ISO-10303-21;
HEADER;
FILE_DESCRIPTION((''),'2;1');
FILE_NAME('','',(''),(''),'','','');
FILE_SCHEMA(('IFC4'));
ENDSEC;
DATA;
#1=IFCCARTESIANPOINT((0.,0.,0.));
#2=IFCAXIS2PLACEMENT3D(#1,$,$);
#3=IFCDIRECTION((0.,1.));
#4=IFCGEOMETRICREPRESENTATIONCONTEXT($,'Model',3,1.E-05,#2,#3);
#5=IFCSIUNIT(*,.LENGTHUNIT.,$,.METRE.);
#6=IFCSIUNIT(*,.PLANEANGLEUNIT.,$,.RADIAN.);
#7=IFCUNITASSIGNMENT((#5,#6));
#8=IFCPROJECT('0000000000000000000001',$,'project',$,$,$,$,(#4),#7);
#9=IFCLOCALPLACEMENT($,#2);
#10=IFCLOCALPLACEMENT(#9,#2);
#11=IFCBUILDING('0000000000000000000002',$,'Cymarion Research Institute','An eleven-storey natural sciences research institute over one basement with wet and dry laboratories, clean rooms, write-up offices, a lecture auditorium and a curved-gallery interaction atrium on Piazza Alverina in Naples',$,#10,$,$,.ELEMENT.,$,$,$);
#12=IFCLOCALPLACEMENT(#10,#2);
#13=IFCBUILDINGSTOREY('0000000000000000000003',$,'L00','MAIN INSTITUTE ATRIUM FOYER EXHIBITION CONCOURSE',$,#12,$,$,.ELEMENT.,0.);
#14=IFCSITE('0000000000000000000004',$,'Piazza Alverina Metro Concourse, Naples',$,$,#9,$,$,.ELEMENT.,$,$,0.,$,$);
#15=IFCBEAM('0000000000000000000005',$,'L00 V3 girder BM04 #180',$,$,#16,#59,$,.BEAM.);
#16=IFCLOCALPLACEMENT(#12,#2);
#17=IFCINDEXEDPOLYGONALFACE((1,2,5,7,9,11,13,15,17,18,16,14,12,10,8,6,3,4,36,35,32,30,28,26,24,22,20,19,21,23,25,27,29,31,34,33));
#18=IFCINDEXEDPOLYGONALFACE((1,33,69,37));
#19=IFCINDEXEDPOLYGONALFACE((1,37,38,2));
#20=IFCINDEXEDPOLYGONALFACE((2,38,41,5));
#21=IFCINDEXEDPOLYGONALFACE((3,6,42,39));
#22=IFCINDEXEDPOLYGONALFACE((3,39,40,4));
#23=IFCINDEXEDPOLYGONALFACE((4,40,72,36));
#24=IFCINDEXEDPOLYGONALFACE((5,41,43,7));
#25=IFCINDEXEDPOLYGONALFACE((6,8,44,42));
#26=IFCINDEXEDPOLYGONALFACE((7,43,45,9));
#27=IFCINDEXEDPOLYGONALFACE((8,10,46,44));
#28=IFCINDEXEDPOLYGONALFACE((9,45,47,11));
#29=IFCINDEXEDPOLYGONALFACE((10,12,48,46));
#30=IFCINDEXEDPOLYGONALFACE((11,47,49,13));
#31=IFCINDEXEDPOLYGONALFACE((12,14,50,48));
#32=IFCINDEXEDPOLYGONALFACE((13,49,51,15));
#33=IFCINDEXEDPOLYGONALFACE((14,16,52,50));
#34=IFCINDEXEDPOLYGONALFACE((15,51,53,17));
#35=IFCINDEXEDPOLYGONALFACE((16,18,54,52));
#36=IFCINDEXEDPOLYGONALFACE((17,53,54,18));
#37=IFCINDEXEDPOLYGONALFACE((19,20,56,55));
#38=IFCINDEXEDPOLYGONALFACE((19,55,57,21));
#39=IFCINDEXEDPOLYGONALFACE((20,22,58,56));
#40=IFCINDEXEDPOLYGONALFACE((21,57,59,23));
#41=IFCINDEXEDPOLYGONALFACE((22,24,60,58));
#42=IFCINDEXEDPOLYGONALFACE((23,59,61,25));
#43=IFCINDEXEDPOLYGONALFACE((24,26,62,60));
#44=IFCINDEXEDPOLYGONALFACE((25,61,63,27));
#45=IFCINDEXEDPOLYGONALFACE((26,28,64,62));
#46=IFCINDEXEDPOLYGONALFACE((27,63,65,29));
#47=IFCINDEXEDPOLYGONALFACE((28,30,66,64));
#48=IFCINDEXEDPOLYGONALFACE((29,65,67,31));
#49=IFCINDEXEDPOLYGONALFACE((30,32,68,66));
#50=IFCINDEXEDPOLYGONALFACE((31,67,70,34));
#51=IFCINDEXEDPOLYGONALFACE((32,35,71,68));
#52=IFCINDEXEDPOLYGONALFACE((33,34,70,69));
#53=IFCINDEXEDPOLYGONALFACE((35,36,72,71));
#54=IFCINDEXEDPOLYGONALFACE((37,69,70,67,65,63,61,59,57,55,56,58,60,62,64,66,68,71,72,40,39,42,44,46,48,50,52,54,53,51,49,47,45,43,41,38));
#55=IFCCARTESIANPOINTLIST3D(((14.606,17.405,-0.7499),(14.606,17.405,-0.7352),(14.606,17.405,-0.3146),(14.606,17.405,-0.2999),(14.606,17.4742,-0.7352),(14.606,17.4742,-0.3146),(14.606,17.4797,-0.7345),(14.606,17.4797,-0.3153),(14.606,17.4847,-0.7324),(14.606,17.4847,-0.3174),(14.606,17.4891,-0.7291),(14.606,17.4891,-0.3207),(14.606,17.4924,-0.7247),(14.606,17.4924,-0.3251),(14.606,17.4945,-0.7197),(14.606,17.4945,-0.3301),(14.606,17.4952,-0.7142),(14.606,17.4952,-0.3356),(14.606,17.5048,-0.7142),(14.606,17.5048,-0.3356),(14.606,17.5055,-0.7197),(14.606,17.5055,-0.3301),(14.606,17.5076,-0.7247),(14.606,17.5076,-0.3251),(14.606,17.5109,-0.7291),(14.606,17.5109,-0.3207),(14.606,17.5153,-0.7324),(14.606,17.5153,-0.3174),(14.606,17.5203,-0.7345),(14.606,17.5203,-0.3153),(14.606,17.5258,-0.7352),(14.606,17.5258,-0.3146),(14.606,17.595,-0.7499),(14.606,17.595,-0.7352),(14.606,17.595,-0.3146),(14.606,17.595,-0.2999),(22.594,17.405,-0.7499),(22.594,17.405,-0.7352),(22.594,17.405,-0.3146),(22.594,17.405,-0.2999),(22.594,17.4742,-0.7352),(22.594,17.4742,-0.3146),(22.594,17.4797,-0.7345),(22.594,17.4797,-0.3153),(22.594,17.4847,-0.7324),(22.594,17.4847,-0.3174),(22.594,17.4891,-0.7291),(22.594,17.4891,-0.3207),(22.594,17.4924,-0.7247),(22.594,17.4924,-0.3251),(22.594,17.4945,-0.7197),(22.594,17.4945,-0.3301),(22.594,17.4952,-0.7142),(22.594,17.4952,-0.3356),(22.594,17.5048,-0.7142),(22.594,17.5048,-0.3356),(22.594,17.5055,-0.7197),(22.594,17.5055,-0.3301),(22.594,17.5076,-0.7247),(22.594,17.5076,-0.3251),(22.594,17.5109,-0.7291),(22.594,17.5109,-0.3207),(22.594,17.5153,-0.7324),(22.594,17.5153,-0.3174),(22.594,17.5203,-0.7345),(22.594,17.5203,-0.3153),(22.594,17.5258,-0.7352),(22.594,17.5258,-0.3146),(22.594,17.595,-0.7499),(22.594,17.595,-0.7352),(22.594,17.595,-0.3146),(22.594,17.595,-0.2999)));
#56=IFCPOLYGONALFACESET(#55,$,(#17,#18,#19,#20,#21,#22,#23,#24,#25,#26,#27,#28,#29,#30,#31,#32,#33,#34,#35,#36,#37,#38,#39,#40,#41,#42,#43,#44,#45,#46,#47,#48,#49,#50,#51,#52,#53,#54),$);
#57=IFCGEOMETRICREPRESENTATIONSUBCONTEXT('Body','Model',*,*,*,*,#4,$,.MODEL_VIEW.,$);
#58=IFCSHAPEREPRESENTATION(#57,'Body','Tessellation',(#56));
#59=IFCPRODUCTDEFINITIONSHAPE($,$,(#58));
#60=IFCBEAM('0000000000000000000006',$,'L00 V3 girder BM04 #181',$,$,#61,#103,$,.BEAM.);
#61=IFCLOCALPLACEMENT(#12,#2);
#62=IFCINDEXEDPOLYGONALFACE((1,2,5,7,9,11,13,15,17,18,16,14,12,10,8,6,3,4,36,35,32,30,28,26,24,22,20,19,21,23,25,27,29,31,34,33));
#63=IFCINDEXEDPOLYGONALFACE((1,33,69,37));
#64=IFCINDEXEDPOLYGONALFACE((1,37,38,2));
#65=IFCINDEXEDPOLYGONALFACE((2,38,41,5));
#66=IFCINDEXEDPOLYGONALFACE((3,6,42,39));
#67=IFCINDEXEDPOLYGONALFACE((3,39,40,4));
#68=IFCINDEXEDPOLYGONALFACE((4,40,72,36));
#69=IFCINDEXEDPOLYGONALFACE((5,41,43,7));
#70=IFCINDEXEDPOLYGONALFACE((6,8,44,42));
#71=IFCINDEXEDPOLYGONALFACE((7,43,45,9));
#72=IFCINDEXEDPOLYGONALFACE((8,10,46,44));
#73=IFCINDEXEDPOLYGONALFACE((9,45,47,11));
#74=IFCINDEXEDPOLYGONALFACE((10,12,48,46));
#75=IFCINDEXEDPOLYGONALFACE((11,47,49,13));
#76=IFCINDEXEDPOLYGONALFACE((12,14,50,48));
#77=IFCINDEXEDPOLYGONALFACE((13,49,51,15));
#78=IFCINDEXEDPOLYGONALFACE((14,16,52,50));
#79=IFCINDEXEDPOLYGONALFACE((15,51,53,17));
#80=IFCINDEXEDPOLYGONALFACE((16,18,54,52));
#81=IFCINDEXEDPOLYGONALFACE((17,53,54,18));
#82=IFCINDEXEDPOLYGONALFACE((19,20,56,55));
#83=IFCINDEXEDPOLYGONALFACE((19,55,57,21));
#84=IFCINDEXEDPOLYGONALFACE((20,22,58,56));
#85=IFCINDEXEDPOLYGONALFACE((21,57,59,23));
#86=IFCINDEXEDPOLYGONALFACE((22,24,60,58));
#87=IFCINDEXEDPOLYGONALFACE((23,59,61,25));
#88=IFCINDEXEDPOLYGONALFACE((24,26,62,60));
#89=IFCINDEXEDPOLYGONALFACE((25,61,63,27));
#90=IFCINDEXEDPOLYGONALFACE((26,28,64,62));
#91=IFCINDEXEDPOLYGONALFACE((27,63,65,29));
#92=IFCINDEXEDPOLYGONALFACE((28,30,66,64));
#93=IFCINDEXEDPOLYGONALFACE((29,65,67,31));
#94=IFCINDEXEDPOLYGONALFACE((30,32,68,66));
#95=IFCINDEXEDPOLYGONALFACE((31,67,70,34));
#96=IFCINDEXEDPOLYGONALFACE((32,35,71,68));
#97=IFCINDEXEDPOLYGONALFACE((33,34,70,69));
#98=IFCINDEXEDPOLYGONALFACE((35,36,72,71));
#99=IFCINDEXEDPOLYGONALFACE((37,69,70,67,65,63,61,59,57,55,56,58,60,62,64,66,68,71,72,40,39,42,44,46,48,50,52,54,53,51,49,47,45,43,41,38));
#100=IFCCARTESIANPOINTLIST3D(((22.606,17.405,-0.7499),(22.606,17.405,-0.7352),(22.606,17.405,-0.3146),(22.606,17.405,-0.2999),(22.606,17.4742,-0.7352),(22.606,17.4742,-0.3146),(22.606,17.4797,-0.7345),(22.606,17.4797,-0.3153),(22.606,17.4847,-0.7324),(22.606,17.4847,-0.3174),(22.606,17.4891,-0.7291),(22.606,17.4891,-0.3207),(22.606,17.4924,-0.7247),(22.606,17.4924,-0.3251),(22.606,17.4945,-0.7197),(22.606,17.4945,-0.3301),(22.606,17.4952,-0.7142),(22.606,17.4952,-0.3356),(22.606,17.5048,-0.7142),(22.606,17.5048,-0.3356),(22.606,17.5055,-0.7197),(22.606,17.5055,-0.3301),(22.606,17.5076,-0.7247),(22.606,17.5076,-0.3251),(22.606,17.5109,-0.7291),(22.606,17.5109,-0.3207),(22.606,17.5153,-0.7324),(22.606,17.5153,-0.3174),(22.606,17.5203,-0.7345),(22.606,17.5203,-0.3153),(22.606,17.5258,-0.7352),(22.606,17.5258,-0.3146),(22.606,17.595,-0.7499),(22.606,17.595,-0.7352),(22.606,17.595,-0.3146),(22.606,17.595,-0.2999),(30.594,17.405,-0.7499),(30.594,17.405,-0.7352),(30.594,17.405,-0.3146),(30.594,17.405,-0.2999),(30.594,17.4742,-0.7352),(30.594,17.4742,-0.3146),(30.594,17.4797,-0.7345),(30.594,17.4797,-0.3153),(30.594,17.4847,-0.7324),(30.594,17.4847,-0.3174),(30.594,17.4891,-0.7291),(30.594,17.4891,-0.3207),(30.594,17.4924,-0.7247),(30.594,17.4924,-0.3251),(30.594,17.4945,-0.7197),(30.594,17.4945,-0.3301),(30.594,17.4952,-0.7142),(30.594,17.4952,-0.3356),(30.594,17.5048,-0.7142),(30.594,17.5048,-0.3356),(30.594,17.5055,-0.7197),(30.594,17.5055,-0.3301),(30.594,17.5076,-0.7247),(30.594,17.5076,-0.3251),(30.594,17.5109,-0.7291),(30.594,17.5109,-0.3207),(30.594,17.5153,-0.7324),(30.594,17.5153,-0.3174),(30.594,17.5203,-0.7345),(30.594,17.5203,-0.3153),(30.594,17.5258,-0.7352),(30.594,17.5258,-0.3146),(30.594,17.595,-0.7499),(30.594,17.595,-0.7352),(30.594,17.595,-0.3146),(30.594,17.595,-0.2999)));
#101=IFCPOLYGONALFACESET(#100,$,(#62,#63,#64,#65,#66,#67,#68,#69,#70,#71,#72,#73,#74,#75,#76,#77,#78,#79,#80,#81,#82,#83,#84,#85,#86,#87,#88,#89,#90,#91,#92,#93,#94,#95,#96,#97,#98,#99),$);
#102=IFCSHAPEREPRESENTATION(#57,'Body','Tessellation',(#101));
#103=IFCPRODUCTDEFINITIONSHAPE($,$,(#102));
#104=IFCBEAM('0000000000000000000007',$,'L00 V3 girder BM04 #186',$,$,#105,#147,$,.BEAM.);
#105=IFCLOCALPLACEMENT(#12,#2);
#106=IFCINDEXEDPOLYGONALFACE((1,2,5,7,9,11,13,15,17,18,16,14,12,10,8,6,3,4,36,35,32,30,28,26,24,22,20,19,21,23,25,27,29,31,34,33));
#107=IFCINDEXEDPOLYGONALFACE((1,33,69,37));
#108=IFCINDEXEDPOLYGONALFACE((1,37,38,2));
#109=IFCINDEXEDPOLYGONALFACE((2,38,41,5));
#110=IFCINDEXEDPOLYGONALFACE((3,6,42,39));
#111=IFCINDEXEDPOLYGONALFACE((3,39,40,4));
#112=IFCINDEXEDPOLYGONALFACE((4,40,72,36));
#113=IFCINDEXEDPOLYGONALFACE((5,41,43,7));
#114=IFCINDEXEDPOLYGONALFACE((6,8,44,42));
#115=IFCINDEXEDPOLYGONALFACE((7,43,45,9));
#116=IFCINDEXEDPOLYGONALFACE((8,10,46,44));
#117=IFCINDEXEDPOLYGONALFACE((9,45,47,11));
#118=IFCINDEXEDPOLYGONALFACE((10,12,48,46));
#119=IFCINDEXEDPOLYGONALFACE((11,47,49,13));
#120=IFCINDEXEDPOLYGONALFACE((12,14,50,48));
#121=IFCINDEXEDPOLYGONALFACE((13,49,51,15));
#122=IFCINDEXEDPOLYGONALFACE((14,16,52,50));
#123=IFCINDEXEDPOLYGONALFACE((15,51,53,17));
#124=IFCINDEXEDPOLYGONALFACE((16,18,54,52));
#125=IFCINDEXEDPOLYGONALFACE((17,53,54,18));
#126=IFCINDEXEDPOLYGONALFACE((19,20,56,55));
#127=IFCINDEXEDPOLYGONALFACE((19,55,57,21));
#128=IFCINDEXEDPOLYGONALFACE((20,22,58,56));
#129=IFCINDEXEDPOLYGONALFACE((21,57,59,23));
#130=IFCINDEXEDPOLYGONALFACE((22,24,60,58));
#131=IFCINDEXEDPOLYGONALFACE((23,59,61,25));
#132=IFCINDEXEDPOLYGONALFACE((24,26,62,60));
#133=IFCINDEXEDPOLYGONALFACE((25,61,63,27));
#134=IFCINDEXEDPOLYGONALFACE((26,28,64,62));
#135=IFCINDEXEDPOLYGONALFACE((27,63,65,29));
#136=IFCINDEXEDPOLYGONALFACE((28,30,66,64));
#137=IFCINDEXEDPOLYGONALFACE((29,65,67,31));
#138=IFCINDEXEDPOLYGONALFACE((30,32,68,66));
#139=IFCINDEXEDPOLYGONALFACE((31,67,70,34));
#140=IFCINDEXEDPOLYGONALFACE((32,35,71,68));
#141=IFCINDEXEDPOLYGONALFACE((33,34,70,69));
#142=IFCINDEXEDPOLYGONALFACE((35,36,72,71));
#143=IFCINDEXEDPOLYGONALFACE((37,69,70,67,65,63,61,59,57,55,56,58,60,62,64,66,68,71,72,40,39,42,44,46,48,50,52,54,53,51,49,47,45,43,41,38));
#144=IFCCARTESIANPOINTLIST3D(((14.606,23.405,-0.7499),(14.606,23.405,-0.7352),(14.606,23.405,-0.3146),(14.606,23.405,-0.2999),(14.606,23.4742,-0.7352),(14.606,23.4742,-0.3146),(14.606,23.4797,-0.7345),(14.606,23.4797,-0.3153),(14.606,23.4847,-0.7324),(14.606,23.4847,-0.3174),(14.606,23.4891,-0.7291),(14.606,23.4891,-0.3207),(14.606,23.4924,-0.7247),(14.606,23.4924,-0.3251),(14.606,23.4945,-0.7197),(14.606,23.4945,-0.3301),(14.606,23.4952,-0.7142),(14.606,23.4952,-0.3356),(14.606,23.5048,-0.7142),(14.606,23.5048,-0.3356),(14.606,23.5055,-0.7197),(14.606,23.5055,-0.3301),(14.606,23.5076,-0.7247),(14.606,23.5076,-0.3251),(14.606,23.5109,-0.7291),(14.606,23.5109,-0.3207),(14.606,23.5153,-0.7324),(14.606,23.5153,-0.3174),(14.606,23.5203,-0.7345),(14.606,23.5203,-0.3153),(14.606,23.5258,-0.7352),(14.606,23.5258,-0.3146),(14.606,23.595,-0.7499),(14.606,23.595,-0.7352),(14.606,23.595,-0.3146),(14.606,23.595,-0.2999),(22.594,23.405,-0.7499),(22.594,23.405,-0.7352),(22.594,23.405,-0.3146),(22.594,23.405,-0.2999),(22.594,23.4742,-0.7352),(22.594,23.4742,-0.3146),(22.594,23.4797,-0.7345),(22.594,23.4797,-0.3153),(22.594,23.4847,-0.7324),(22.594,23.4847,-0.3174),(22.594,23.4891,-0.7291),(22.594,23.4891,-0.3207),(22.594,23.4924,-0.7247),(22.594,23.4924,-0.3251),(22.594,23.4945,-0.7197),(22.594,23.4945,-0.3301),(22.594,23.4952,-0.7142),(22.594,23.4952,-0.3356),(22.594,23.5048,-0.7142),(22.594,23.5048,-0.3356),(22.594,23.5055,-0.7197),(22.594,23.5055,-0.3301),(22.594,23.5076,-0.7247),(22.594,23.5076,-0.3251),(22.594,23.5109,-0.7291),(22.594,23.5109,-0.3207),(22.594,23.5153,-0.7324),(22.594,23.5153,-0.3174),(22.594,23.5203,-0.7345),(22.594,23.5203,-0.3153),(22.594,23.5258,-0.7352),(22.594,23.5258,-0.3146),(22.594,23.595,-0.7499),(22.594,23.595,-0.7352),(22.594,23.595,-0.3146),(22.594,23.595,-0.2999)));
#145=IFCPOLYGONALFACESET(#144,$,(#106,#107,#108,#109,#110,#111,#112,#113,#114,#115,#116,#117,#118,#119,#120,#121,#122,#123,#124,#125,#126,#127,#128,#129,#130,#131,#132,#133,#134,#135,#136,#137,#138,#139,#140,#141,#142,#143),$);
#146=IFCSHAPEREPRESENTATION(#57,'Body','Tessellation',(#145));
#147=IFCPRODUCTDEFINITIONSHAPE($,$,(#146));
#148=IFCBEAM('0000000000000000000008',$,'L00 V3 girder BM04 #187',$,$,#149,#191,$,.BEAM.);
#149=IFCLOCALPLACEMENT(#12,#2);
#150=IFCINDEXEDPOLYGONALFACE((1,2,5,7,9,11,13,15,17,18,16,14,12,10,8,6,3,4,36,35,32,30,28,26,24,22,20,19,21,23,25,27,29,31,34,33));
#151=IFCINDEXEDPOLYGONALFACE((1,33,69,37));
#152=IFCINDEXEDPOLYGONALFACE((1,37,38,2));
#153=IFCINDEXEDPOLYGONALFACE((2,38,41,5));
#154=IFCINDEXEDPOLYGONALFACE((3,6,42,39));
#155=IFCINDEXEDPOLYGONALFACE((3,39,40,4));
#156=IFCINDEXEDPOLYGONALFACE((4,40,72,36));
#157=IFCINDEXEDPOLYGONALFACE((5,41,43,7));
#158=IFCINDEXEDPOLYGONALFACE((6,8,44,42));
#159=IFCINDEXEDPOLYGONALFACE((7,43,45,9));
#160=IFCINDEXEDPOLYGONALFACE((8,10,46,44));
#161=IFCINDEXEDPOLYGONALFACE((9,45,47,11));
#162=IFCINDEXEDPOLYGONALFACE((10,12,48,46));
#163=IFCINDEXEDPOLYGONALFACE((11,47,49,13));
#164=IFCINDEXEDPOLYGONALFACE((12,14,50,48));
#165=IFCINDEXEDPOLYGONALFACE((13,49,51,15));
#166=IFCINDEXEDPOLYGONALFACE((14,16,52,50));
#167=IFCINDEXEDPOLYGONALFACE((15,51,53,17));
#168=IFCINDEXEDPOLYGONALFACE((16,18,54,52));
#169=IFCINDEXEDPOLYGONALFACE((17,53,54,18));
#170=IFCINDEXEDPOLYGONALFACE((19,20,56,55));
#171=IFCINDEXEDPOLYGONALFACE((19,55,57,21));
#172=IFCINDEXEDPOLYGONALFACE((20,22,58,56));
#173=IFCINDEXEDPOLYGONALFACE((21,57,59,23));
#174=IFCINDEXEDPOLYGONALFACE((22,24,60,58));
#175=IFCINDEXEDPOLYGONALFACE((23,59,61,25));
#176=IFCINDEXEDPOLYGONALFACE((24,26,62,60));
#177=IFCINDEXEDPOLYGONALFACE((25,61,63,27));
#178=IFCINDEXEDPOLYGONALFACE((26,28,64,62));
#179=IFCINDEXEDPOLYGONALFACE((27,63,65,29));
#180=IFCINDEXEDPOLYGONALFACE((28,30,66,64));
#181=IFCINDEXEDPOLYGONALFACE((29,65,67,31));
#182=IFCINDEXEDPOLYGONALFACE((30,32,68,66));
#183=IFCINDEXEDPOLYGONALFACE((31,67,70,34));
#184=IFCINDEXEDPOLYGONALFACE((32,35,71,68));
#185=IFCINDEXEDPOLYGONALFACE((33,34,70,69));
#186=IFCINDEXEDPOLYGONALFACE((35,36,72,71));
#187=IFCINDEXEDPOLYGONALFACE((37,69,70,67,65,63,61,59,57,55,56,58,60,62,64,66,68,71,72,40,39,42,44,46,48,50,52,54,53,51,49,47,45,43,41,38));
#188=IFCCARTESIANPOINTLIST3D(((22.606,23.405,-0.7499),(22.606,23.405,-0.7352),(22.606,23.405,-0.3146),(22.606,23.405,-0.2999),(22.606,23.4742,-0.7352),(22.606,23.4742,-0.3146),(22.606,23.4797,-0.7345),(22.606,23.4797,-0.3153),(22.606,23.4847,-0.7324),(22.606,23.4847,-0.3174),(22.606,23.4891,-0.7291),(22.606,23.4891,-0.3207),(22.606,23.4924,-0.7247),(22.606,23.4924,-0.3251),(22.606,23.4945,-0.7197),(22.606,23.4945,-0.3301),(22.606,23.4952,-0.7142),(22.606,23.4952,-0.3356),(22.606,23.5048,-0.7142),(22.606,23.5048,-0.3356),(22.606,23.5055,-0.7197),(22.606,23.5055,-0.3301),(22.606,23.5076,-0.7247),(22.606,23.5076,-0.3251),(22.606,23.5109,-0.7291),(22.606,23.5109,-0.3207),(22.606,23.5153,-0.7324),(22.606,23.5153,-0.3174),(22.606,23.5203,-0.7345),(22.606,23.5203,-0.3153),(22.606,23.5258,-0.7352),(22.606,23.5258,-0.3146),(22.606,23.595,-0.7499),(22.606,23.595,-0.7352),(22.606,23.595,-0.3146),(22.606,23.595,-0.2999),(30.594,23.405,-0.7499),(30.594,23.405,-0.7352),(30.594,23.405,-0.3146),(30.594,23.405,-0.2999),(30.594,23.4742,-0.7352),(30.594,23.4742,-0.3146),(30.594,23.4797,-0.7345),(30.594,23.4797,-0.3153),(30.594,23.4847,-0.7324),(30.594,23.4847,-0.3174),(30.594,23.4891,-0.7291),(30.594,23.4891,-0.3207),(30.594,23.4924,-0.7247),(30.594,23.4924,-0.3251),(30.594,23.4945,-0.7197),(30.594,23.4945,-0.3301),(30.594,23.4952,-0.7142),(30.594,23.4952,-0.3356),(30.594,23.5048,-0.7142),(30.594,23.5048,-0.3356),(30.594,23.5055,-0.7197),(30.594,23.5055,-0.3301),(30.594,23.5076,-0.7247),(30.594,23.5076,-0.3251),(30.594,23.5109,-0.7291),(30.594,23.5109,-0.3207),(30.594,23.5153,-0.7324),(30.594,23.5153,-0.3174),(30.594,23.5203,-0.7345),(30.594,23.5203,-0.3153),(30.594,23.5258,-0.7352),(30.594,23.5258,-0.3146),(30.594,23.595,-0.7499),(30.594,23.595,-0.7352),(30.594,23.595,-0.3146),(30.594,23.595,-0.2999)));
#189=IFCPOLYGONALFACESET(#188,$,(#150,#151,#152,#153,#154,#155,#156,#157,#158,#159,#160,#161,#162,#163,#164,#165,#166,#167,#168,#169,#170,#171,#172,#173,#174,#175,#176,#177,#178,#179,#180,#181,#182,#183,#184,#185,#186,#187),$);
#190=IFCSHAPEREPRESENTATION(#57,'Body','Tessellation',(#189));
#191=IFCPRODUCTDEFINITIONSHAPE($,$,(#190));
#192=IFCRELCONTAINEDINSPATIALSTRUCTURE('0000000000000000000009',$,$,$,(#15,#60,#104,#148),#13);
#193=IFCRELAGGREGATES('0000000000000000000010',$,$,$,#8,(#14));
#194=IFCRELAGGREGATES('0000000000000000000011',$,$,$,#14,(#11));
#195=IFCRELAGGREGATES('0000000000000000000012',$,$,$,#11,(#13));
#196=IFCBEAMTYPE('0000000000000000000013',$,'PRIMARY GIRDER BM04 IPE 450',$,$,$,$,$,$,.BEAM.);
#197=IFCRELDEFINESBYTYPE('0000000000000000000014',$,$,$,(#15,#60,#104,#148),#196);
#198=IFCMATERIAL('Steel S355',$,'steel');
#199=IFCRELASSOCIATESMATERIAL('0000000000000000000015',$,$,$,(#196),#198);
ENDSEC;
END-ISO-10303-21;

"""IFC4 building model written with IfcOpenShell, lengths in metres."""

from ifc_helpers import new_model, si_unit, direction, frame, origin, origin_2d, place, context, subcontext, project, spatial, i_section, extrude, material, material_profile, profile_set, type_object, element, save


model = new_model("IFC4")

# Units and contexts
model_context = context("Model", 3, precision=1e-05, world=origin(), true_north=direction((0.0, 1.0)))
body_context = subcontext(model_context, "Body", "Model", "MODEL_VIEW")
ifc_project = project(units=[si_unit("LENGTHUNIT", "METRE"), si_unit("PLANEANGLEUNIT", "RADIAN")], contexts=[model_context])

# Site, building, storey
site_placement = place(None, origin())
site = spatial("IfcSite", under=ifc_project, at=site_placement, Name="Piazza Alverina Metro Concourse, Naples", CompositionType="ELEMENT", RefElevation=0.0)
building_placement = place(site_placement, origin())
building = spatial("IfcBuilding", under=site, at=building_placement, Name="Cymarion Research Institute", Description="An eleven-storey natural sciences research institute over one basement with wet and dry laboratories, clean rooms, write-up offices, a lecture auditorium and a curved-gallery interaction atrium on Piazza Alverina in Naples", CompositionType="ELEMENT")
storey_placement = place(building_placement, origin())
storey = spatial("IfcBuildingStorey", under=building, at=storey_placement, Name="L00", Description="MAIN INSTITUTE ATRIUM FOYER EXHIBITION CONCOURSE", CompositionType="ELEMENT", Elevation=0.0)

# Shared definitions
ifc_material_1 = material(Name="Steel S355", Category="steel")

# Beams
ifc_material_profile_1 = material_profile(ifc_material_1, i_section(OverallWidth=0.1899, OverallDepth=0.45, WebThickness=0.0095, FlangeThickness=0.0146, FilletRadius=0.021, at=origin_2d()), Name="IPE 450")
ifc_profile_set_1 = profile_set([ifc_material_profile_1], Name="Steel S355")
beam_type_1 = type_object("IfcBeamType", Name="PRIMARY GIRDER BM04 IPE 450", PredefinedType="BEAM", material=ifc_profile_set_1)
for number, where, z_axis, x_axis, name in (
    (1, (14.606, 17.5, -0.5249), (1.0, 0.0, 0.0), (0.0, 1.0, 0.0), "L00 V3 girder BM04 #180"),
    (2, (22.606, 17.5, -0.5249), (1.0, 0.0, 0.0), (0.0, 1.0, 0.0), "L00 V3 girder BM04 #181"),
    (3, (14.606, 23.5, -0.5249), (1.0, 0.0, 0.0), (0.0, 1.0, 0.0), "L00 V3 girder BM04 #186"),
    (4, (22.606, 23.5, -0.5249), (1.0, 0.0, 0.0), (0.0, 1.0, 0.0), "L00 V3 girder BM04 #187"),
):
    element("IfcBeam", number, at=place(storey_placement, frame(where, z_axis=z_axis, x_axis=x_axis)), inside=storey, type_object=beam_type_1, Name=name, PredefinedType="BEAM", context=body_context, shape_type="SweptSolid", body=[
        extrude(i_section(OverallWidth=0.1899, OverallDepth=0.45, WebThickness=0.0095, FlangeThickness=0.0146, FilletRadius=0.021, at=origin_2d()), origin(), (0.0, 0.0, 1.0), 7.988),
    ])

save(model, "model.ifc")
